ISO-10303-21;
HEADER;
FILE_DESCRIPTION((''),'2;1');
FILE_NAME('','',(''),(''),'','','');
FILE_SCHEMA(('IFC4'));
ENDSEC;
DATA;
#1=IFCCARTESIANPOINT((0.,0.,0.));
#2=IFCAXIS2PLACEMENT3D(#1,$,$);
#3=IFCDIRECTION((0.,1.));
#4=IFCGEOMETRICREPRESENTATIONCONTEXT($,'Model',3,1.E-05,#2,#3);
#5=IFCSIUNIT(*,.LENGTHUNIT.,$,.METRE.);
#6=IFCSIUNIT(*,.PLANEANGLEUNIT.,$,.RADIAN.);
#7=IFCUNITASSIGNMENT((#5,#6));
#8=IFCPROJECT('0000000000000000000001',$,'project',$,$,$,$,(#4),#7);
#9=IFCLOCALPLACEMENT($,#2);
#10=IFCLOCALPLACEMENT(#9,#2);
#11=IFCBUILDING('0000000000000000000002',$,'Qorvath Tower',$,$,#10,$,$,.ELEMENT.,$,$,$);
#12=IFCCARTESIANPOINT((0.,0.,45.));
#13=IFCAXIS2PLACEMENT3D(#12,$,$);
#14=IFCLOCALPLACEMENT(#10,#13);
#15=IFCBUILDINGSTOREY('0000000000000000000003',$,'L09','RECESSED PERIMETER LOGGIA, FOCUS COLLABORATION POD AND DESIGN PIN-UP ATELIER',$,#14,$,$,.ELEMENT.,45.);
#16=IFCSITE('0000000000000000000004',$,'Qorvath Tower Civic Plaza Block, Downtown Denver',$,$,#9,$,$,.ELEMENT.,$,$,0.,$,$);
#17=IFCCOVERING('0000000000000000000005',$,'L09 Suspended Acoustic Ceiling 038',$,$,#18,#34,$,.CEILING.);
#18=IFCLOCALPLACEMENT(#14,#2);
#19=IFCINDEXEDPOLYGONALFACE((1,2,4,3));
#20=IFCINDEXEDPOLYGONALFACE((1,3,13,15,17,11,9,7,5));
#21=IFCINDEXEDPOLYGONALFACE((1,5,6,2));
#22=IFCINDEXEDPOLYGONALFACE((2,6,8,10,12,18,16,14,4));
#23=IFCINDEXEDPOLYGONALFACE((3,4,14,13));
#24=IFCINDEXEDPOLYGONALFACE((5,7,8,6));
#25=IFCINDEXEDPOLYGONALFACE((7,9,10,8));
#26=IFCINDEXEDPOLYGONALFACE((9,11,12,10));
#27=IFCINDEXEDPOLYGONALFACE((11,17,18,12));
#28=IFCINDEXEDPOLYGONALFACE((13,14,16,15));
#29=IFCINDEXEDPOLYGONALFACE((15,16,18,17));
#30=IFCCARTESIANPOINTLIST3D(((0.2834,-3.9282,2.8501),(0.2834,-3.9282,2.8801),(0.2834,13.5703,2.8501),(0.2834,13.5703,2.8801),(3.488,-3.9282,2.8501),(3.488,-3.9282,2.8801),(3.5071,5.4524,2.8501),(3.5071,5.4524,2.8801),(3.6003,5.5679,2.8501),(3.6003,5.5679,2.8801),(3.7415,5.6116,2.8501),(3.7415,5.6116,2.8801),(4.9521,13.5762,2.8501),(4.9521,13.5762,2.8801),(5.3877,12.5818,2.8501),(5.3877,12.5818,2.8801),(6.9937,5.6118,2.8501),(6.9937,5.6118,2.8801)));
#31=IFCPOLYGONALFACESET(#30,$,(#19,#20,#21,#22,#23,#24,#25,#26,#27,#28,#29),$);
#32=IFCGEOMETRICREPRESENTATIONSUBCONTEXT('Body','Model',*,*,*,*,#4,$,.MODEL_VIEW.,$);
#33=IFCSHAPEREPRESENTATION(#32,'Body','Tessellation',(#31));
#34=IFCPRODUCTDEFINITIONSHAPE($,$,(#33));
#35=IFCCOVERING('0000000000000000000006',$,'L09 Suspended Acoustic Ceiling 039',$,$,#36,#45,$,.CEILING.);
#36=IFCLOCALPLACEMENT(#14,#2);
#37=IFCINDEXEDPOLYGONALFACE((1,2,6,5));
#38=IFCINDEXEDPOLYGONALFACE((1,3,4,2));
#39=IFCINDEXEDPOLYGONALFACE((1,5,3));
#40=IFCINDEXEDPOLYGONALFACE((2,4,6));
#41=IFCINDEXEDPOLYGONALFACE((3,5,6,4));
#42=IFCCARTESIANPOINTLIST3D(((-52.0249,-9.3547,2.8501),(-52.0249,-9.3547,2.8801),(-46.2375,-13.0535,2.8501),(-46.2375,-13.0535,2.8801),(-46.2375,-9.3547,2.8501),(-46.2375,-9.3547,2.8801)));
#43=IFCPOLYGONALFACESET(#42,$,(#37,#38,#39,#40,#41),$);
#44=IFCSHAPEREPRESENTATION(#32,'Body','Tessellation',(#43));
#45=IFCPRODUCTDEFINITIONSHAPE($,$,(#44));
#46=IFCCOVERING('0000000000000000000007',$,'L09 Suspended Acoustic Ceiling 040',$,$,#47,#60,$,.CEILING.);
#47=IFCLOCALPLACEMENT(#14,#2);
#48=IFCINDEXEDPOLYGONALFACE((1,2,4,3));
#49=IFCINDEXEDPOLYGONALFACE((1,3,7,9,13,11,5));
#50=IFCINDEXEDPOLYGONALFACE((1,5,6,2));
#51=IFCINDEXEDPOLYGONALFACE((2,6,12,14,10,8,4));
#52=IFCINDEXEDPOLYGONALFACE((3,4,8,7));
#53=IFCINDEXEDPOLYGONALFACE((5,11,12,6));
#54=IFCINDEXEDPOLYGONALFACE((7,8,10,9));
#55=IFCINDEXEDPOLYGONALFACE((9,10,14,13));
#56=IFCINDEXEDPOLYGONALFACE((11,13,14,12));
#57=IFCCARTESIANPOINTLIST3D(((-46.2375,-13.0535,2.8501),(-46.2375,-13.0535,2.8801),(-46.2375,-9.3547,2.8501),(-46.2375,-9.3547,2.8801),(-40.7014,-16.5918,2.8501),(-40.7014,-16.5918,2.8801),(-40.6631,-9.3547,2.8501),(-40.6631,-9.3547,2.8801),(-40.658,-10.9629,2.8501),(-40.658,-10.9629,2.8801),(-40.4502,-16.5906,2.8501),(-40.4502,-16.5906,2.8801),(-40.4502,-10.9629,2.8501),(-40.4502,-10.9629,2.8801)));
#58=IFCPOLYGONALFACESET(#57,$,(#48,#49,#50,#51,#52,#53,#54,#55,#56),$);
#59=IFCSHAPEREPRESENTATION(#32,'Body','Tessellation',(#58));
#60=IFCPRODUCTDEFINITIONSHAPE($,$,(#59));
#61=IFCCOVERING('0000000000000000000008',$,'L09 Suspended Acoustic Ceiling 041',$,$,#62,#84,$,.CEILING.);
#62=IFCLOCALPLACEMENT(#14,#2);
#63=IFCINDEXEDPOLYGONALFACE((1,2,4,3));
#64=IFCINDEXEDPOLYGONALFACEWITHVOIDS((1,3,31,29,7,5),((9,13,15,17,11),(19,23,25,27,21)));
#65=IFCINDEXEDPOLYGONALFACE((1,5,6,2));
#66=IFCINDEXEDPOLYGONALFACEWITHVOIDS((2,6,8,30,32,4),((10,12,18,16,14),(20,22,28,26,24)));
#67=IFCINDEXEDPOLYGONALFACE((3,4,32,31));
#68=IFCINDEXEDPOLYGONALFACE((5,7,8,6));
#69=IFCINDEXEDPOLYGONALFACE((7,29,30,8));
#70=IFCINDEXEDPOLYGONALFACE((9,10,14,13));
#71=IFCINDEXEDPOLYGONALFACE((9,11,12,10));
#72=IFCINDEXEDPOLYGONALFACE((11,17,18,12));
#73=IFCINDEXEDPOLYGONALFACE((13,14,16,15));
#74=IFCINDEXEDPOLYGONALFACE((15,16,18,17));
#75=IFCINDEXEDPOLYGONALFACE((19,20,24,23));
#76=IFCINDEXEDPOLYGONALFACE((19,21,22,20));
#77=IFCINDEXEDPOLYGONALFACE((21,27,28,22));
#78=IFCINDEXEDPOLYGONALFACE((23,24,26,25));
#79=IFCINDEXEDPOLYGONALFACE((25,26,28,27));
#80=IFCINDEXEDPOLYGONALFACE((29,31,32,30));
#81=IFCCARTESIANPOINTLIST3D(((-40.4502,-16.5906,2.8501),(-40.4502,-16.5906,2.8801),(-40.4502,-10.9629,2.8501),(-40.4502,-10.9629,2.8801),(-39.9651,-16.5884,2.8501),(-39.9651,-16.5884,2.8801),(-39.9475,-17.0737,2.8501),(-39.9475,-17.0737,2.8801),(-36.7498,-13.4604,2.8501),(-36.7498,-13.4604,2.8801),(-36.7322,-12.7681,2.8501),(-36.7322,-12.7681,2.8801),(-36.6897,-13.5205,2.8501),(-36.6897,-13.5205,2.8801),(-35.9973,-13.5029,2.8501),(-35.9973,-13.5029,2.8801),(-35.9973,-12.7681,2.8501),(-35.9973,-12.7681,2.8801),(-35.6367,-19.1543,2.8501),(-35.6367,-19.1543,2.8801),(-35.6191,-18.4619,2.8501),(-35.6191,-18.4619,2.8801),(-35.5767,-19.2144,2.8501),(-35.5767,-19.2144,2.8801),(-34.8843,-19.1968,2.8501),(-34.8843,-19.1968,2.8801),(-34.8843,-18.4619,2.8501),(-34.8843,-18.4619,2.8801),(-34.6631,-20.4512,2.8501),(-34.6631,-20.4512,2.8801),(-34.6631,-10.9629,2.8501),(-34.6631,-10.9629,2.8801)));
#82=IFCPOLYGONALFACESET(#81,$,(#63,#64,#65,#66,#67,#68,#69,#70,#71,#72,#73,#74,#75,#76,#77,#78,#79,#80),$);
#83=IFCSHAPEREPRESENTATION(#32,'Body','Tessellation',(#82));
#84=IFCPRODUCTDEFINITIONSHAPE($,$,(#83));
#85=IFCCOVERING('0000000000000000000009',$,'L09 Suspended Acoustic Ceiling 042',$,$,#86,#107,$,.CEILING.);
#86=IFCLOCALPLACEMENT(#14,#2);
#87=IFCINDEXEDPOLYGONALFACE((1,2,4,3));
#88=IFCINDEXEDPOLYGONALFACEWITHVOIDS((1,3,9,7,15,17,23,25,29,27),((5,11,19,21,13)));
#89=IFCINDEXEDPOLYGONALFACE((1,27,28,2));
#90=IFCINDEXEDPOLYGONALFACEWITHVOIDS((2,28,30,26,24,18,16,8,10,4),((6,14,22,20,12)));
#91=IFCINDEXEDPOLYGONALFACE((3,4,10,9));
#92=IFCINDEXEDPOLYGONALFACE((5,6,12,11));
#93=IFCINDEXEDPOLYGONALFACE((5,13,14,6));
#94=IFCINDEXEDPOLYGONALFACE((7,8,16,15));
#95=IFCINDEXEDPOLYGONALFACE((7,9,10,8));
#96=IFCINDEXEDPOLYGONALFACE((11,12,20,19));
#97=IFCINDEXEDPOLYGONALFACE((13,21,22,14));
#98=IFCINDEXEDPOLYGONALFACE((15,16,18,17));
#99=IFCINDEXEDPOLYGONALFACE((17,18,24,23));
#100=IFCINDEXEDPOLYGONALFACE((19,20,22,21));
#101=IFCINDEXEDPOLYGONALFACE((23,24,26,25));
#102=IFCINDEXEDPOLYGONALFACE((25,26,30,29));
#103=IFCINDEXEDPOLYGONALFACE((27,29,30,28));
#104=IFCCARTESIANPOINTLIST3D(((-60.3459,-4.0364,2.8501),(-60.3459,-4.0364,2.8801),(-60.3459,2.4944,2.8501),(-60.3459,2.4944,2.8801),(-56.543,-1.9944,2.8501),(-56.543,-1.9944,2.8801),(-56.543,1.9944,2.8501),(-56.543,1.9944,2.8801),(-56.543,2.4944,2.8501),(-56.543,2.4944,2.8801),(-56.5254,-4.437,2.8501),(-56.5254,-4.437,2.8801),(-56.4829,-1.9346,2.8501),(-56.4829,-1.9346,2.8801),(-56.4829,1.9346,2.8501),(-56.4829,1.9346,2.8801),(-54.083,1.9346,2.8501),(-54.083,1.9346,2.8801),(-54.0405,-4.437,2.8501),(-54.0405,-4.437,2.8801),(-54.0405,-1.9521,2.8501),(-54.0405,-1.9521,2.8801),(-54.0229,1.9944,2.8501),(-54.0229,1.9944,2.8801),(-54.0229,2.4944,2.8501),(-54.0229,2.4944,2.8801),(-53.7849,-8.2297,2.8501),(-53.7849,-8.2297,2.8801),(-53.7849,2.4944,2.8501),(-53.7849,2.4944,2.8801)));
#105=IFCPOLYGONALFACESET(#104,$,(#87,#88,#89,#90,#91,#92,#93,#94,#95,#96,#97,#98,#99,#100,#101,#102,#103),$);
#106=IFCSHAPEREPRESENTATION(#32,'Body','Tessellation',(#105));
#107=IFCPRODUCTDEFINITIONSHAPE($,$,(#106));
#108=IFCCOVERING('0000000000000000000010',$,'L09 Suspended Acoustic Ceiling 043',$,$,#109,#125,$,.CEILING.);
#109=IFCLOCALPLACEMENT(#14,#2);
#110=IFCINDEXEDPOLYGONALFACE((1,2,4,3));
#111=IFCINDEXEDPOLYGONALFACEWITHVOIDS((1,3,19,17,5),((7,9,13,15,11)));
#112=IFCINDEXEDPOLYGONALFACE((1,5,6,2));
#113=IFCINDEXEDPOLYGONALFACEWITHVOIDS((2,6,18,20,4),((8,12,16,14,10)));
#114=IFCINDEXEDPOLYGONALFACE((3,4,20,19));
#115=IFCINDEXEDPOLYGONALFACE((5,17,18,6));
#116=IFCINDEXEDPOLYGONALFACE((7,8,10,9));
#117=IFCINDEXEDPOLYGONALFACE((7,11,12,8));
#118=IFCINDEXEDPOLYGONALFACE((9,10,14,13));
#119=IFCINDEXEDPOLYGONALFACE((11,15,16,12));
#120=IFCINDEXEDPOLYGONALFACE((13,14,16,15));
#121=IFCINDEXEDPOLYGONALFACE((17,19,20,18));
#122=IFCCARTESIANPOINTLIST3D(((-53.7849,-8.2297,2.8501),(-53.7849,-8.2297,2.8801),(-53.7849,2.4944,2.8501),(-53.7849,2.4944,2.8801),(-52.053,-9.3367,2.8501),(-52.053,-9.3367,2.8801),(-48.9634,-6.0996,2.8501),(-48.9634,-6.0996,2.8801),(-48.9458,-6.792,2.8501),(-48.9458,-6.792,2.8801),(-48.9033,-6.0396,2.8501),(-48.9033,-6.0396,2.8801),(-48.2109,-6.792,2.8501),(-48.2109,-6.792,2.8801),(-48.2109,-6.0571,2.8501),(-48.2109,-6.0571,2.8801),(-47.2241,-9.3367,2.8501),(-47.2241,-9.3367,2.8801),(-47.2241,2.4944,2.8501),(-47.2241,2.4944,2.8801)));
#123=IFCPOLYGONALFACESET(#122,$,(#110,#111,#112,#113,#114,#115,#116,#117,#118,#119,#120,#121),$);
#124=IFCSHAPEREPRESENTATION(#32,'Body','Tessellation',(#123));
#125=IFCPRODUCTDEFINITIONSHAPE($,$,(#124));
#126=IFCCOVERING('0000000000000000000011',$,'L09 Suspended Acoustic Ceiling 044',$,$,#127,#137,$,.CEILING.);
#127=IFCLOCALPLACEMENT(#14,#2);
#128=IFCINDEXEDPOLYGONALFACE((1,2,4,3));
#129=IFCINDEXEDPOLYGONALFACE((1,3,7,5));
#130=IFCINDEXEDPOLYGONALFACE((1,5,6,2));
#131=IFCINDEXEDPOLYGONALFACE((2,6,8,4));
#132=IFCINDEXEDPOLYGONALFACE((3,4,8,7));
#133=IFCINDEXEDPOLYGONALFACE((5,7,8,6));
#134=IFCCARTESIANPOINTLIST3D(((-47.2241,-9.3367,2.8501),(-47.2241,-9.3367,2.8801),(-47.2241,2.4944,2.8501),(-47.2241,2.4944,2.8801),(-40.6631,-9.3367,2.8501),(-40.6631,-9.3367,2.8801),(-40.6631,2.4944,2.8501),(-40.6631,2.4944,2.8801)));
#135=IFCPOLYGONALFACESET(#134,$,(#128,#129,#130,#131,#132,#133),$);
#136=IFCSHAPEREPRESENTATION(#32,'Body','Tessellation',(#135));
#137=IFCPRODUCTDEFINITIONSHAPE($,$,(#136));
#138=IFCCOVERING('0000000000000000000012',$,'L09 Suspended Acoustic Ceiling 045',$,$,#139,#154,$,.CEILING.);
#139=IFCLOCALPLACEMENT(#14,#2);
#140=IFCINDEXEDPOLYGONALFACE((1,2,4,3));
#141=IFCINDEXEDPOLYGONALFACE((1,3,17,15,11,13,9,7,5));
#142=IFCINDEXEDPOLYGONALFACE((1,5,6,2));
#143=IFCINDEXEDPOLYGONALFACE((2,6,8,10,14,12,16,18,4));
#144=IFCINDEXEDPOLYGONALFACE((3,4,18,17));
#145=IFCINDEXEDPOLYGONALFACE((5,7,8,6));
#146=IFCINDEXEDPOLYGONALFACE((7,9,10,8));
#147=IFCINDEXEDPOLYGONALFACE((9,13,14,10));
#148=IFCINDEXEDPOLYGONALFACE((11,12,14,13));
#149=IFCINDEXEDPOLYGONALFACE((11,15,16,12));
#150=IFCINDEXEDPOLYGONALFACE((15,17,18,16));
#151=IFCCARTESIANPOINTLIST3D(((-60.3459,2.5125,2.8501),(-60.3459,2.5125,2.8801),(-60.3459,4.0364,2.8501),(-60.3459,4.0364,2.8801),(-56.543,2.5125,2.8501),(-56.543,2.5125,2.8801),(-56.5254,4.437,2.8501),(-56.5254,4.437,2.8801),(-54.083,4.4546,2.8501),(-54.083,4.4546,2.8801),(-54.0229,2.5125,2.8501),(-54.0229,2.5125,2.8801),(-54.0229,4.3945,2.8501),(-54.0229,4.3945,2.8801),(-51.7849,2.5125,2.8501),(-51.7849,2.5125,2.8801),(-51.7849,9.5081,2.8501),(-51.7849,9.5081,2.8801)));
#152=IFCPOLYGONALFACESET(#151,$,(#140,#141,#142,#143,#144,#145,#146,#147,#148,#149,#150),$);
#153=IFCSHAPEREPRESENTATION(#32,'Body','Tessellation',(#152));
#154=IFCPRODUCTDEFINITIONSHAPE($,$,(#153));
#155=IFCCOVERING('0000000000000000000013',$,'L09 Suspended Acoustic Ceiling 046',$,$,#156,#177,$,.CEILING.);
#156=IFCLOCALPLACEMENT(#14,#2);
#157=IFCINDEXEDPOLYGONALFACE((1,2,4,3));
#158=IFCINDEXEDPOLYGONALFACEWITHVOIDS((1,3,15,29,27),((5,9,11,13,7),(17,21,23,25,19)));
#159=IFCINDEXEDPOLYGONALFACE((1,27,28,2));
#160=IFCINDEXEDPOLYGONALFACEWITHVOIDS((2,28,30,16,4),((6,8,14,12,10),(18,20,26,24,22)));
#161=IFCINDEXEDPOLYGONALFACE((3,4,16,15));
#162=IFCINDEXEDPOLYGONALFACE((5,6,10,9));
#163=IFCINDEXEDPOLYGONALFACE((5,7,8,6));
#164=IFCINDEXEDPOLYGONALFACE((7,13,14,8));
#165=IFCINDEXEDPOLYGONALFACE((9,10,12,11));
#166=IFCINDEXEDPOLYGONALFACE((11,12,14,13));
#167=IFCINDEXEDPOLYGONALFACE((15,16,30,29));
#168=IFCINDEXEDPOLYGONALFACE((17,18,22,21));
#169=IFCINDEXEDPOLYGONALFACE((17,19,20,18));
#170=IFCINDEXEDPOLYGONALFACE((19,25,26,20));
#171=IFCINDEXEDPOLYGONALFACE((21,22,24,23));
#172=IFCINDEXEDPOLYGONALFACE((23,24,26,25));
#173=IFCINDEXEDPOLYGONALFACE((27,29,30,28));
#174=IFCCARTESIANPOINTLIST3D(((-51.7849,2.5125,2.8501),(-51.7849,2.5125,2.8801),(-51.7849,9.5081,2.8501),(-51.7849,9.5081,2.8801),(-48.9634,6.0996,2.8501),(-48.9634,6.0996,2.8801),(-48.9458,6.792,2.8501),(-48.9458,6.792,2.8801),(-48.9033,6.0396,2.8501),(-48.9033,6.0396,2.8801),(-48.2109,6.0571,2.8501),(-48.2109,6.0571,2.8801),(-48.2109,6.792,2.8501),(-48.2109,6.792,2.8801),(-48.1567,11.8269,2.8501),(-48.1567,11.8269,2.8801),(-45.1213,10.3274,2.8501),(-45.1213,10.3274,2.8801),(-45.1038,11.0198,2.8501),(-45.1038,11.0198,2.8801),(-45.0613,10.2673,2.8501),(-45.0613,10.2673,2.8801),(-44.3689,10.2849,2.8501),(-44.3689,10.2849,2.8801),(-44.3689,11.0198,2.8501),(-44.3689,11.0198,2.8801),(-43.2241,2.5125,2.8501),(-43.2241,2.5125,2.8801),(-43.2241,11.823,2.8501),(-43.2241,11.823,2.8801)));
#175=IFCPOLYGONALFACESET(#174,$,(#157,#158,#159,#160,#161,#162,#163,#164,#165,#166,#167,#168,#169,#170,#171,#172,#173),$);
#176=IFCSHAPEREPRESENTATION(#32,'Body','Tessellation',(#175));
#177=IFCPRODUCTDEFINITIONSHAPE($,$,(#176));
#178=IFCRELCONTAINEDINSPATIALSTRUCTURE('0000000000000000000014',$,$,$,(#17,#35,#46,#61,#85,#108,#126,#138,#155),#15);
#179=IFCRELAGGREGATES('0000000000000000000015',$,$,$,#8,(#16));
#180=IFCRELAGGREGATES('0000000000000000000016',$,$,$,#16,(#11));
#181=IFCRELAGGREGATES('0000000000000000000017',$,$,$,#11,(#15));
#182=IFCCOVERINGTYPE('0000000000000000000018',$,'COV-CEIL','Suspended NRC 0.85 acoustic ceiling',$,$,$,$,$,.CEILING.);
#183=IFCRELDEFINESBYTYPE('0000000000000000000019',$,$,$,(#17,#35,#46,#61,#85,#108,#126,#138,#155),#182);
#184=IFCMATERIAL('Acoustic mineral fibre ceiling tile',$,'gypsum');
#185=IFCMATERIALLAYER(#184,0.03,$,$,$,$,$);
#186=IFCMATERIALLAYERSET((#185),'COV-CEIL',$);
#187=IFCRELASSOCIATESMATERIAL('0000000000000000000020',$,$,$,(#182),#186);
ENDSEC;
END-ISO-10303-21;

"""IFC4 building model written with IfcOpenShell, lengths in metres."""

from ifc_helpers import new_model, si_unit, direction, frame, origin, place, context, subcontext, project, spatial, polyline, outline, extrude, material, layer, layer_set, type_object, element, save


model = new_model("IFC4")

# Units and contexts
model_context = context("Model", 3, precision=1e-05, world=origin(), true_north=direction((0.0, 1.0)))
body_context = subcontext(model_context, "Body", "Model", "MODEL_VIEW")
ifc_project = project(units=[si_unit("LENGTHUNIT", "METRE"), si_unit("PLANEANGLEUNIT", "RADIAN")], contexts=[model_context])

# Site, building, storey
site_placement = place(None, origin())
site = spatial("IfcSite", under=ifc_project, at=site_placement, Name="Qorvath Tower Civic Plaza Block, Downtown Denver", CompositionType="ELEMENT", RefElevation=0.0)
building_placement = place(site_placement, origin())
building = spatial("IfcBuilding", under=site, at=building_placement, Name="Qorvath Tower", CompositionType="ELEMENT")
storey_placement = place(building_placement, frame((0.0, 0.0, 45.0)))
storey = spatial("IfcBuildingStorey", under=building, at=storey_placement, Name="L09", Description="RECESSED PERIMETER LOGGIA, FOCUS COLLABORATION POD AND DESIGN PIN-UP ATELIER", CompositionType="ELEMENT", Elevation=45.0)

# Coverings
ifc_material_1 = material(Name="Acoustic mineral fibre ceiling tile", Category="gypsum")
ifc_layer_1 = layer(ifc_material_1, 0.03)
ifc_layer_set_1 = layer_set([ifc_layer_1], Name="COV-CEIL")
covering_type_1 = type_object("IfcCoveringType", Name="COV-CEIL", Description="Suspended NRC 0.85 acoustic ceiling", PredefinedType="CEILING", material=ifc_layer_set_1)
covering_1_placement = place(storey_placement, frame((0.0, 0.0, 2.8501)))
element("IfcCovering", 1, at=covering_1_placement, inside=storey, type_object=covering_type_1, Name="L09 Suspended Acoustic Ceiling 038", PredefinedType="CEILING", context=body_context, shape_type="SweptSolid", body=[
    extrude(outline(polyline([(3.7415, 5.6116), (6.9937, 5.6118), (5.3877, 12.5818), (4.9521, 13.5762), (0.2834, 13.5703), (0.2834, -3.9282), (3.488, -3.9282), (3.5071, 5.4524), (3.6003, 5.5679), (3.7415, 5.6116)])), origin(), (0.0, 0.0, 1.0), 0.03),
])
covering_2_placement = place(storey_placement, frame((0.0, 0.0, 2.8501)))
element("IfcCovering", 2, at=covering_2_placement, inside=storey, type_object=covering_type_1, Name="L09 Suspended Acoustic Ceiling 039", PredefinedType="CEILING", context=body_context, shape_type="SweptSolid", body=[
    extrude(outline(polyline([(-46.2375, -13.0535), (-46.2375, -9.3547), (-52.0249, -9.3547), (-46.2375, -13.0535)])), origin(), (0.0, 0.0, 1.0), 0.03),
])
covering_3_placement = place(storey_placement, frame((0.0, 0.0, 2.8501)))
element("IfcCovering", 3, at=covering_3_placement, inside=storey, type_object=covering_type_1, Name="L09 Suspended Acoustic Ceiling 040", PredefinedType="CEILING", context=body_context, shape_type="SweptSolid", body=[
    extrude(outline(polyline([(-40.6631, -9.3547), (-46.2375, -9.3547), (-46.2375, -13.0535), (-40.7014, -16.5918), (-40.4502, -16.5906), (-40.4502, -10.9629), (-40.658, -10.9629), (-40.6631, -9.3547)])), origin(), (0.0, 0.0, 1.0), 0.03),
])
covering_4_placement = place(storey_placement, frame((0.0, 0.0, 2.8501)))
element("IfcCovering", 4, at=covering_4_placement, inside=storey, type_object=covering_type_1, Name="L09 Suspended Acoustic Ceiling 041", PredefinedType="CEILING", context=body_context, shape_type="SweptSolid", body=[
    extrude(outline(polyline([(-40.4502, -10.9629), (-40.4502, -16.5906), (-39.9651, -16.5884), (-39.9475, -17.0737), (-34.6631, -20.4512), (-34.6631, -10.9629), (-40.4502, -10.9629)]), holes=[polyline([(-35.6367, -19.1543), (-35.6191, -18.4619), (-34.8843, -18.4619), (-34.8843, -19.1968), (-35.5767, -19.2144), (-35.6367, -19.1543)]), polyline([(-36.7498, -13.4604), (-36.7322, -12.7681), (-35.9973, -12.7681), (-35.9973, -13.5029), (-36.6897, -13.5205), (-36.7498, -13.4604)])]), origin(), (0.0, 0.0, 1.0), 0.03),
])
covering_5_placement = place(storey_placement, frame((0.0, 0.0, 2.8501)))
element("IfcCovering", 5, at=covering_5_placement, inside=storey, type_object=covering_type_1, Name="L09 Suspended Acoustic Ceiling 042", PredefinedType="CEILING", context=body_context, shape_type="SweptSolid", body=[
    extrude(outline(polyline([(-56.543, 2.4944), (-60.3459, 2.4944), (-60.3459, -4.0364), (-53.7849, -8.2297), (-53.7849, 2.4944), (-54.0229, 2.4944), (-54.0229, 1.9944), (-54.083, 1.9346), (-56.4829, 1.9346), (-56.543, 1.9944), (-56.543, 2.4944)]), holes=[polyline([(-56.543, -1.9944), (-56.4829, -1.9346), (-54.0405, -1.9521), (-54.0405, -4.437), (-56.5254, -4.437), (-56.543, -1.9944)])]), origin(), (0.0, 0.0, 1.0), 0.03),
])
covering_6_placement = place(storey_placement, frame((0.0, 0.0, 2.8501)))
element("IfcCovering", 6, at=covering_6_placement, inside=storey, type_object=covering_type_1, Name="L09 Suspended Acoustic Ceiling 043", PredefinedType="CEILING", context=body_context, shape_type="SweptSolid", body=[
    extrude(outline(polyline([(-53.7849, 2.4944), (-53.7849, -8.2297), (-52.053, -9.3367), (-47.2241, -9.3367), (-47.2241, 2.4944), (-53.7849, 2.4944)]), holes=[polyline([(-48.9634, -6.0996), (-48.9033, -6.0396), (-48.2109, -6.0571), (-48.2109, -6.792), (-48.9458, -6.792), (-48.9634, -6.0996)])]), origin(), (0.0, 0.0, 1.0), 0.03),
])
covering_7_placement = place(storey_placement, frame((0.0, 0.0, 2.8501)))
element("IfcCovering", 7, at=covering_7_placement, inside=storey, type_object=covering_type_1, Name="L09 Suspended Acoustic Ceiling 044", PredefinedType="CEILING", context=body_context, shape_type="SweptSolid", body=[
    extrude(outline(polyline([(-47.2241, 2.4944), (-47.2241, -9.3367), (-40.6631, -9.3367), (-40.6631, 2.4944), (-47.2241, 2.4944)])), origin(), (0.0, 0.0, 1.0), 0.03),
])
covering_8_placement = place(storey_placement, frame((0.0, 0.0, 2.8501)))
element("IfcCovering", 8, at=covering_8_placement, inside=storey, type_object=covering_type_1, Name="L09 Suspended Acoustic Ceiling 045", PredefinedType="CEILING", context=body_context, shape_type="SweptSolid", body=[
    extrude(outline(polyline([(-60.3459, 4.0364), (-60.3459, 2.5125), (-56.543, 2.5125), (-56.5254, 4.437), (-54.083, 4.4546), (-54.0229, 4.3945), (-54.0229, 2.5125), (-51.7849, 2.5125), (-51.7849, 9.5081), (-60.3459, 4.0364)])), origin(), (0.0, 0.0, 1.0), 0.03),
])
covering_9_placement = place(storey_placement, frame((0.0, 0.0, 2.8501)))
element("IfcCovering", 9, at=covering_9_placement, inside=storey, type_object=covering_type_1, Name="L09 Suspended Acoustic Ceiling 046", PredefinedType="CEILING", context=body_context, shape_type="SweptSolid", body=[
    extrude(outline(polyline([(-51.7849, 9.5081), (-51.7849, 2.5125), (-43.2241, 2.5125), (-43.2241, 11.823), (-48.1567, 11.8269), (-51.7849, 9.5081)]), holes=[polyline([(-45.1213, 10.3274), (-45.1038, 11.0198), (-44.3689, 11.0198), (-44.3689, 10.2849), (-45.0613, 10.2673), (-45.1213, 10.3274)]), polyline([(-48.9634, 6.0996), (-48.9458, 6.792), (-48.2109, 6.792), (-48.2109, 6.0571), (-48.9033, 6.0396), (-48.9634, 6.0996)])]), origin(), (0.0, 0.0, 1.0), 0.03),
])

save(model, "model.ifc")
